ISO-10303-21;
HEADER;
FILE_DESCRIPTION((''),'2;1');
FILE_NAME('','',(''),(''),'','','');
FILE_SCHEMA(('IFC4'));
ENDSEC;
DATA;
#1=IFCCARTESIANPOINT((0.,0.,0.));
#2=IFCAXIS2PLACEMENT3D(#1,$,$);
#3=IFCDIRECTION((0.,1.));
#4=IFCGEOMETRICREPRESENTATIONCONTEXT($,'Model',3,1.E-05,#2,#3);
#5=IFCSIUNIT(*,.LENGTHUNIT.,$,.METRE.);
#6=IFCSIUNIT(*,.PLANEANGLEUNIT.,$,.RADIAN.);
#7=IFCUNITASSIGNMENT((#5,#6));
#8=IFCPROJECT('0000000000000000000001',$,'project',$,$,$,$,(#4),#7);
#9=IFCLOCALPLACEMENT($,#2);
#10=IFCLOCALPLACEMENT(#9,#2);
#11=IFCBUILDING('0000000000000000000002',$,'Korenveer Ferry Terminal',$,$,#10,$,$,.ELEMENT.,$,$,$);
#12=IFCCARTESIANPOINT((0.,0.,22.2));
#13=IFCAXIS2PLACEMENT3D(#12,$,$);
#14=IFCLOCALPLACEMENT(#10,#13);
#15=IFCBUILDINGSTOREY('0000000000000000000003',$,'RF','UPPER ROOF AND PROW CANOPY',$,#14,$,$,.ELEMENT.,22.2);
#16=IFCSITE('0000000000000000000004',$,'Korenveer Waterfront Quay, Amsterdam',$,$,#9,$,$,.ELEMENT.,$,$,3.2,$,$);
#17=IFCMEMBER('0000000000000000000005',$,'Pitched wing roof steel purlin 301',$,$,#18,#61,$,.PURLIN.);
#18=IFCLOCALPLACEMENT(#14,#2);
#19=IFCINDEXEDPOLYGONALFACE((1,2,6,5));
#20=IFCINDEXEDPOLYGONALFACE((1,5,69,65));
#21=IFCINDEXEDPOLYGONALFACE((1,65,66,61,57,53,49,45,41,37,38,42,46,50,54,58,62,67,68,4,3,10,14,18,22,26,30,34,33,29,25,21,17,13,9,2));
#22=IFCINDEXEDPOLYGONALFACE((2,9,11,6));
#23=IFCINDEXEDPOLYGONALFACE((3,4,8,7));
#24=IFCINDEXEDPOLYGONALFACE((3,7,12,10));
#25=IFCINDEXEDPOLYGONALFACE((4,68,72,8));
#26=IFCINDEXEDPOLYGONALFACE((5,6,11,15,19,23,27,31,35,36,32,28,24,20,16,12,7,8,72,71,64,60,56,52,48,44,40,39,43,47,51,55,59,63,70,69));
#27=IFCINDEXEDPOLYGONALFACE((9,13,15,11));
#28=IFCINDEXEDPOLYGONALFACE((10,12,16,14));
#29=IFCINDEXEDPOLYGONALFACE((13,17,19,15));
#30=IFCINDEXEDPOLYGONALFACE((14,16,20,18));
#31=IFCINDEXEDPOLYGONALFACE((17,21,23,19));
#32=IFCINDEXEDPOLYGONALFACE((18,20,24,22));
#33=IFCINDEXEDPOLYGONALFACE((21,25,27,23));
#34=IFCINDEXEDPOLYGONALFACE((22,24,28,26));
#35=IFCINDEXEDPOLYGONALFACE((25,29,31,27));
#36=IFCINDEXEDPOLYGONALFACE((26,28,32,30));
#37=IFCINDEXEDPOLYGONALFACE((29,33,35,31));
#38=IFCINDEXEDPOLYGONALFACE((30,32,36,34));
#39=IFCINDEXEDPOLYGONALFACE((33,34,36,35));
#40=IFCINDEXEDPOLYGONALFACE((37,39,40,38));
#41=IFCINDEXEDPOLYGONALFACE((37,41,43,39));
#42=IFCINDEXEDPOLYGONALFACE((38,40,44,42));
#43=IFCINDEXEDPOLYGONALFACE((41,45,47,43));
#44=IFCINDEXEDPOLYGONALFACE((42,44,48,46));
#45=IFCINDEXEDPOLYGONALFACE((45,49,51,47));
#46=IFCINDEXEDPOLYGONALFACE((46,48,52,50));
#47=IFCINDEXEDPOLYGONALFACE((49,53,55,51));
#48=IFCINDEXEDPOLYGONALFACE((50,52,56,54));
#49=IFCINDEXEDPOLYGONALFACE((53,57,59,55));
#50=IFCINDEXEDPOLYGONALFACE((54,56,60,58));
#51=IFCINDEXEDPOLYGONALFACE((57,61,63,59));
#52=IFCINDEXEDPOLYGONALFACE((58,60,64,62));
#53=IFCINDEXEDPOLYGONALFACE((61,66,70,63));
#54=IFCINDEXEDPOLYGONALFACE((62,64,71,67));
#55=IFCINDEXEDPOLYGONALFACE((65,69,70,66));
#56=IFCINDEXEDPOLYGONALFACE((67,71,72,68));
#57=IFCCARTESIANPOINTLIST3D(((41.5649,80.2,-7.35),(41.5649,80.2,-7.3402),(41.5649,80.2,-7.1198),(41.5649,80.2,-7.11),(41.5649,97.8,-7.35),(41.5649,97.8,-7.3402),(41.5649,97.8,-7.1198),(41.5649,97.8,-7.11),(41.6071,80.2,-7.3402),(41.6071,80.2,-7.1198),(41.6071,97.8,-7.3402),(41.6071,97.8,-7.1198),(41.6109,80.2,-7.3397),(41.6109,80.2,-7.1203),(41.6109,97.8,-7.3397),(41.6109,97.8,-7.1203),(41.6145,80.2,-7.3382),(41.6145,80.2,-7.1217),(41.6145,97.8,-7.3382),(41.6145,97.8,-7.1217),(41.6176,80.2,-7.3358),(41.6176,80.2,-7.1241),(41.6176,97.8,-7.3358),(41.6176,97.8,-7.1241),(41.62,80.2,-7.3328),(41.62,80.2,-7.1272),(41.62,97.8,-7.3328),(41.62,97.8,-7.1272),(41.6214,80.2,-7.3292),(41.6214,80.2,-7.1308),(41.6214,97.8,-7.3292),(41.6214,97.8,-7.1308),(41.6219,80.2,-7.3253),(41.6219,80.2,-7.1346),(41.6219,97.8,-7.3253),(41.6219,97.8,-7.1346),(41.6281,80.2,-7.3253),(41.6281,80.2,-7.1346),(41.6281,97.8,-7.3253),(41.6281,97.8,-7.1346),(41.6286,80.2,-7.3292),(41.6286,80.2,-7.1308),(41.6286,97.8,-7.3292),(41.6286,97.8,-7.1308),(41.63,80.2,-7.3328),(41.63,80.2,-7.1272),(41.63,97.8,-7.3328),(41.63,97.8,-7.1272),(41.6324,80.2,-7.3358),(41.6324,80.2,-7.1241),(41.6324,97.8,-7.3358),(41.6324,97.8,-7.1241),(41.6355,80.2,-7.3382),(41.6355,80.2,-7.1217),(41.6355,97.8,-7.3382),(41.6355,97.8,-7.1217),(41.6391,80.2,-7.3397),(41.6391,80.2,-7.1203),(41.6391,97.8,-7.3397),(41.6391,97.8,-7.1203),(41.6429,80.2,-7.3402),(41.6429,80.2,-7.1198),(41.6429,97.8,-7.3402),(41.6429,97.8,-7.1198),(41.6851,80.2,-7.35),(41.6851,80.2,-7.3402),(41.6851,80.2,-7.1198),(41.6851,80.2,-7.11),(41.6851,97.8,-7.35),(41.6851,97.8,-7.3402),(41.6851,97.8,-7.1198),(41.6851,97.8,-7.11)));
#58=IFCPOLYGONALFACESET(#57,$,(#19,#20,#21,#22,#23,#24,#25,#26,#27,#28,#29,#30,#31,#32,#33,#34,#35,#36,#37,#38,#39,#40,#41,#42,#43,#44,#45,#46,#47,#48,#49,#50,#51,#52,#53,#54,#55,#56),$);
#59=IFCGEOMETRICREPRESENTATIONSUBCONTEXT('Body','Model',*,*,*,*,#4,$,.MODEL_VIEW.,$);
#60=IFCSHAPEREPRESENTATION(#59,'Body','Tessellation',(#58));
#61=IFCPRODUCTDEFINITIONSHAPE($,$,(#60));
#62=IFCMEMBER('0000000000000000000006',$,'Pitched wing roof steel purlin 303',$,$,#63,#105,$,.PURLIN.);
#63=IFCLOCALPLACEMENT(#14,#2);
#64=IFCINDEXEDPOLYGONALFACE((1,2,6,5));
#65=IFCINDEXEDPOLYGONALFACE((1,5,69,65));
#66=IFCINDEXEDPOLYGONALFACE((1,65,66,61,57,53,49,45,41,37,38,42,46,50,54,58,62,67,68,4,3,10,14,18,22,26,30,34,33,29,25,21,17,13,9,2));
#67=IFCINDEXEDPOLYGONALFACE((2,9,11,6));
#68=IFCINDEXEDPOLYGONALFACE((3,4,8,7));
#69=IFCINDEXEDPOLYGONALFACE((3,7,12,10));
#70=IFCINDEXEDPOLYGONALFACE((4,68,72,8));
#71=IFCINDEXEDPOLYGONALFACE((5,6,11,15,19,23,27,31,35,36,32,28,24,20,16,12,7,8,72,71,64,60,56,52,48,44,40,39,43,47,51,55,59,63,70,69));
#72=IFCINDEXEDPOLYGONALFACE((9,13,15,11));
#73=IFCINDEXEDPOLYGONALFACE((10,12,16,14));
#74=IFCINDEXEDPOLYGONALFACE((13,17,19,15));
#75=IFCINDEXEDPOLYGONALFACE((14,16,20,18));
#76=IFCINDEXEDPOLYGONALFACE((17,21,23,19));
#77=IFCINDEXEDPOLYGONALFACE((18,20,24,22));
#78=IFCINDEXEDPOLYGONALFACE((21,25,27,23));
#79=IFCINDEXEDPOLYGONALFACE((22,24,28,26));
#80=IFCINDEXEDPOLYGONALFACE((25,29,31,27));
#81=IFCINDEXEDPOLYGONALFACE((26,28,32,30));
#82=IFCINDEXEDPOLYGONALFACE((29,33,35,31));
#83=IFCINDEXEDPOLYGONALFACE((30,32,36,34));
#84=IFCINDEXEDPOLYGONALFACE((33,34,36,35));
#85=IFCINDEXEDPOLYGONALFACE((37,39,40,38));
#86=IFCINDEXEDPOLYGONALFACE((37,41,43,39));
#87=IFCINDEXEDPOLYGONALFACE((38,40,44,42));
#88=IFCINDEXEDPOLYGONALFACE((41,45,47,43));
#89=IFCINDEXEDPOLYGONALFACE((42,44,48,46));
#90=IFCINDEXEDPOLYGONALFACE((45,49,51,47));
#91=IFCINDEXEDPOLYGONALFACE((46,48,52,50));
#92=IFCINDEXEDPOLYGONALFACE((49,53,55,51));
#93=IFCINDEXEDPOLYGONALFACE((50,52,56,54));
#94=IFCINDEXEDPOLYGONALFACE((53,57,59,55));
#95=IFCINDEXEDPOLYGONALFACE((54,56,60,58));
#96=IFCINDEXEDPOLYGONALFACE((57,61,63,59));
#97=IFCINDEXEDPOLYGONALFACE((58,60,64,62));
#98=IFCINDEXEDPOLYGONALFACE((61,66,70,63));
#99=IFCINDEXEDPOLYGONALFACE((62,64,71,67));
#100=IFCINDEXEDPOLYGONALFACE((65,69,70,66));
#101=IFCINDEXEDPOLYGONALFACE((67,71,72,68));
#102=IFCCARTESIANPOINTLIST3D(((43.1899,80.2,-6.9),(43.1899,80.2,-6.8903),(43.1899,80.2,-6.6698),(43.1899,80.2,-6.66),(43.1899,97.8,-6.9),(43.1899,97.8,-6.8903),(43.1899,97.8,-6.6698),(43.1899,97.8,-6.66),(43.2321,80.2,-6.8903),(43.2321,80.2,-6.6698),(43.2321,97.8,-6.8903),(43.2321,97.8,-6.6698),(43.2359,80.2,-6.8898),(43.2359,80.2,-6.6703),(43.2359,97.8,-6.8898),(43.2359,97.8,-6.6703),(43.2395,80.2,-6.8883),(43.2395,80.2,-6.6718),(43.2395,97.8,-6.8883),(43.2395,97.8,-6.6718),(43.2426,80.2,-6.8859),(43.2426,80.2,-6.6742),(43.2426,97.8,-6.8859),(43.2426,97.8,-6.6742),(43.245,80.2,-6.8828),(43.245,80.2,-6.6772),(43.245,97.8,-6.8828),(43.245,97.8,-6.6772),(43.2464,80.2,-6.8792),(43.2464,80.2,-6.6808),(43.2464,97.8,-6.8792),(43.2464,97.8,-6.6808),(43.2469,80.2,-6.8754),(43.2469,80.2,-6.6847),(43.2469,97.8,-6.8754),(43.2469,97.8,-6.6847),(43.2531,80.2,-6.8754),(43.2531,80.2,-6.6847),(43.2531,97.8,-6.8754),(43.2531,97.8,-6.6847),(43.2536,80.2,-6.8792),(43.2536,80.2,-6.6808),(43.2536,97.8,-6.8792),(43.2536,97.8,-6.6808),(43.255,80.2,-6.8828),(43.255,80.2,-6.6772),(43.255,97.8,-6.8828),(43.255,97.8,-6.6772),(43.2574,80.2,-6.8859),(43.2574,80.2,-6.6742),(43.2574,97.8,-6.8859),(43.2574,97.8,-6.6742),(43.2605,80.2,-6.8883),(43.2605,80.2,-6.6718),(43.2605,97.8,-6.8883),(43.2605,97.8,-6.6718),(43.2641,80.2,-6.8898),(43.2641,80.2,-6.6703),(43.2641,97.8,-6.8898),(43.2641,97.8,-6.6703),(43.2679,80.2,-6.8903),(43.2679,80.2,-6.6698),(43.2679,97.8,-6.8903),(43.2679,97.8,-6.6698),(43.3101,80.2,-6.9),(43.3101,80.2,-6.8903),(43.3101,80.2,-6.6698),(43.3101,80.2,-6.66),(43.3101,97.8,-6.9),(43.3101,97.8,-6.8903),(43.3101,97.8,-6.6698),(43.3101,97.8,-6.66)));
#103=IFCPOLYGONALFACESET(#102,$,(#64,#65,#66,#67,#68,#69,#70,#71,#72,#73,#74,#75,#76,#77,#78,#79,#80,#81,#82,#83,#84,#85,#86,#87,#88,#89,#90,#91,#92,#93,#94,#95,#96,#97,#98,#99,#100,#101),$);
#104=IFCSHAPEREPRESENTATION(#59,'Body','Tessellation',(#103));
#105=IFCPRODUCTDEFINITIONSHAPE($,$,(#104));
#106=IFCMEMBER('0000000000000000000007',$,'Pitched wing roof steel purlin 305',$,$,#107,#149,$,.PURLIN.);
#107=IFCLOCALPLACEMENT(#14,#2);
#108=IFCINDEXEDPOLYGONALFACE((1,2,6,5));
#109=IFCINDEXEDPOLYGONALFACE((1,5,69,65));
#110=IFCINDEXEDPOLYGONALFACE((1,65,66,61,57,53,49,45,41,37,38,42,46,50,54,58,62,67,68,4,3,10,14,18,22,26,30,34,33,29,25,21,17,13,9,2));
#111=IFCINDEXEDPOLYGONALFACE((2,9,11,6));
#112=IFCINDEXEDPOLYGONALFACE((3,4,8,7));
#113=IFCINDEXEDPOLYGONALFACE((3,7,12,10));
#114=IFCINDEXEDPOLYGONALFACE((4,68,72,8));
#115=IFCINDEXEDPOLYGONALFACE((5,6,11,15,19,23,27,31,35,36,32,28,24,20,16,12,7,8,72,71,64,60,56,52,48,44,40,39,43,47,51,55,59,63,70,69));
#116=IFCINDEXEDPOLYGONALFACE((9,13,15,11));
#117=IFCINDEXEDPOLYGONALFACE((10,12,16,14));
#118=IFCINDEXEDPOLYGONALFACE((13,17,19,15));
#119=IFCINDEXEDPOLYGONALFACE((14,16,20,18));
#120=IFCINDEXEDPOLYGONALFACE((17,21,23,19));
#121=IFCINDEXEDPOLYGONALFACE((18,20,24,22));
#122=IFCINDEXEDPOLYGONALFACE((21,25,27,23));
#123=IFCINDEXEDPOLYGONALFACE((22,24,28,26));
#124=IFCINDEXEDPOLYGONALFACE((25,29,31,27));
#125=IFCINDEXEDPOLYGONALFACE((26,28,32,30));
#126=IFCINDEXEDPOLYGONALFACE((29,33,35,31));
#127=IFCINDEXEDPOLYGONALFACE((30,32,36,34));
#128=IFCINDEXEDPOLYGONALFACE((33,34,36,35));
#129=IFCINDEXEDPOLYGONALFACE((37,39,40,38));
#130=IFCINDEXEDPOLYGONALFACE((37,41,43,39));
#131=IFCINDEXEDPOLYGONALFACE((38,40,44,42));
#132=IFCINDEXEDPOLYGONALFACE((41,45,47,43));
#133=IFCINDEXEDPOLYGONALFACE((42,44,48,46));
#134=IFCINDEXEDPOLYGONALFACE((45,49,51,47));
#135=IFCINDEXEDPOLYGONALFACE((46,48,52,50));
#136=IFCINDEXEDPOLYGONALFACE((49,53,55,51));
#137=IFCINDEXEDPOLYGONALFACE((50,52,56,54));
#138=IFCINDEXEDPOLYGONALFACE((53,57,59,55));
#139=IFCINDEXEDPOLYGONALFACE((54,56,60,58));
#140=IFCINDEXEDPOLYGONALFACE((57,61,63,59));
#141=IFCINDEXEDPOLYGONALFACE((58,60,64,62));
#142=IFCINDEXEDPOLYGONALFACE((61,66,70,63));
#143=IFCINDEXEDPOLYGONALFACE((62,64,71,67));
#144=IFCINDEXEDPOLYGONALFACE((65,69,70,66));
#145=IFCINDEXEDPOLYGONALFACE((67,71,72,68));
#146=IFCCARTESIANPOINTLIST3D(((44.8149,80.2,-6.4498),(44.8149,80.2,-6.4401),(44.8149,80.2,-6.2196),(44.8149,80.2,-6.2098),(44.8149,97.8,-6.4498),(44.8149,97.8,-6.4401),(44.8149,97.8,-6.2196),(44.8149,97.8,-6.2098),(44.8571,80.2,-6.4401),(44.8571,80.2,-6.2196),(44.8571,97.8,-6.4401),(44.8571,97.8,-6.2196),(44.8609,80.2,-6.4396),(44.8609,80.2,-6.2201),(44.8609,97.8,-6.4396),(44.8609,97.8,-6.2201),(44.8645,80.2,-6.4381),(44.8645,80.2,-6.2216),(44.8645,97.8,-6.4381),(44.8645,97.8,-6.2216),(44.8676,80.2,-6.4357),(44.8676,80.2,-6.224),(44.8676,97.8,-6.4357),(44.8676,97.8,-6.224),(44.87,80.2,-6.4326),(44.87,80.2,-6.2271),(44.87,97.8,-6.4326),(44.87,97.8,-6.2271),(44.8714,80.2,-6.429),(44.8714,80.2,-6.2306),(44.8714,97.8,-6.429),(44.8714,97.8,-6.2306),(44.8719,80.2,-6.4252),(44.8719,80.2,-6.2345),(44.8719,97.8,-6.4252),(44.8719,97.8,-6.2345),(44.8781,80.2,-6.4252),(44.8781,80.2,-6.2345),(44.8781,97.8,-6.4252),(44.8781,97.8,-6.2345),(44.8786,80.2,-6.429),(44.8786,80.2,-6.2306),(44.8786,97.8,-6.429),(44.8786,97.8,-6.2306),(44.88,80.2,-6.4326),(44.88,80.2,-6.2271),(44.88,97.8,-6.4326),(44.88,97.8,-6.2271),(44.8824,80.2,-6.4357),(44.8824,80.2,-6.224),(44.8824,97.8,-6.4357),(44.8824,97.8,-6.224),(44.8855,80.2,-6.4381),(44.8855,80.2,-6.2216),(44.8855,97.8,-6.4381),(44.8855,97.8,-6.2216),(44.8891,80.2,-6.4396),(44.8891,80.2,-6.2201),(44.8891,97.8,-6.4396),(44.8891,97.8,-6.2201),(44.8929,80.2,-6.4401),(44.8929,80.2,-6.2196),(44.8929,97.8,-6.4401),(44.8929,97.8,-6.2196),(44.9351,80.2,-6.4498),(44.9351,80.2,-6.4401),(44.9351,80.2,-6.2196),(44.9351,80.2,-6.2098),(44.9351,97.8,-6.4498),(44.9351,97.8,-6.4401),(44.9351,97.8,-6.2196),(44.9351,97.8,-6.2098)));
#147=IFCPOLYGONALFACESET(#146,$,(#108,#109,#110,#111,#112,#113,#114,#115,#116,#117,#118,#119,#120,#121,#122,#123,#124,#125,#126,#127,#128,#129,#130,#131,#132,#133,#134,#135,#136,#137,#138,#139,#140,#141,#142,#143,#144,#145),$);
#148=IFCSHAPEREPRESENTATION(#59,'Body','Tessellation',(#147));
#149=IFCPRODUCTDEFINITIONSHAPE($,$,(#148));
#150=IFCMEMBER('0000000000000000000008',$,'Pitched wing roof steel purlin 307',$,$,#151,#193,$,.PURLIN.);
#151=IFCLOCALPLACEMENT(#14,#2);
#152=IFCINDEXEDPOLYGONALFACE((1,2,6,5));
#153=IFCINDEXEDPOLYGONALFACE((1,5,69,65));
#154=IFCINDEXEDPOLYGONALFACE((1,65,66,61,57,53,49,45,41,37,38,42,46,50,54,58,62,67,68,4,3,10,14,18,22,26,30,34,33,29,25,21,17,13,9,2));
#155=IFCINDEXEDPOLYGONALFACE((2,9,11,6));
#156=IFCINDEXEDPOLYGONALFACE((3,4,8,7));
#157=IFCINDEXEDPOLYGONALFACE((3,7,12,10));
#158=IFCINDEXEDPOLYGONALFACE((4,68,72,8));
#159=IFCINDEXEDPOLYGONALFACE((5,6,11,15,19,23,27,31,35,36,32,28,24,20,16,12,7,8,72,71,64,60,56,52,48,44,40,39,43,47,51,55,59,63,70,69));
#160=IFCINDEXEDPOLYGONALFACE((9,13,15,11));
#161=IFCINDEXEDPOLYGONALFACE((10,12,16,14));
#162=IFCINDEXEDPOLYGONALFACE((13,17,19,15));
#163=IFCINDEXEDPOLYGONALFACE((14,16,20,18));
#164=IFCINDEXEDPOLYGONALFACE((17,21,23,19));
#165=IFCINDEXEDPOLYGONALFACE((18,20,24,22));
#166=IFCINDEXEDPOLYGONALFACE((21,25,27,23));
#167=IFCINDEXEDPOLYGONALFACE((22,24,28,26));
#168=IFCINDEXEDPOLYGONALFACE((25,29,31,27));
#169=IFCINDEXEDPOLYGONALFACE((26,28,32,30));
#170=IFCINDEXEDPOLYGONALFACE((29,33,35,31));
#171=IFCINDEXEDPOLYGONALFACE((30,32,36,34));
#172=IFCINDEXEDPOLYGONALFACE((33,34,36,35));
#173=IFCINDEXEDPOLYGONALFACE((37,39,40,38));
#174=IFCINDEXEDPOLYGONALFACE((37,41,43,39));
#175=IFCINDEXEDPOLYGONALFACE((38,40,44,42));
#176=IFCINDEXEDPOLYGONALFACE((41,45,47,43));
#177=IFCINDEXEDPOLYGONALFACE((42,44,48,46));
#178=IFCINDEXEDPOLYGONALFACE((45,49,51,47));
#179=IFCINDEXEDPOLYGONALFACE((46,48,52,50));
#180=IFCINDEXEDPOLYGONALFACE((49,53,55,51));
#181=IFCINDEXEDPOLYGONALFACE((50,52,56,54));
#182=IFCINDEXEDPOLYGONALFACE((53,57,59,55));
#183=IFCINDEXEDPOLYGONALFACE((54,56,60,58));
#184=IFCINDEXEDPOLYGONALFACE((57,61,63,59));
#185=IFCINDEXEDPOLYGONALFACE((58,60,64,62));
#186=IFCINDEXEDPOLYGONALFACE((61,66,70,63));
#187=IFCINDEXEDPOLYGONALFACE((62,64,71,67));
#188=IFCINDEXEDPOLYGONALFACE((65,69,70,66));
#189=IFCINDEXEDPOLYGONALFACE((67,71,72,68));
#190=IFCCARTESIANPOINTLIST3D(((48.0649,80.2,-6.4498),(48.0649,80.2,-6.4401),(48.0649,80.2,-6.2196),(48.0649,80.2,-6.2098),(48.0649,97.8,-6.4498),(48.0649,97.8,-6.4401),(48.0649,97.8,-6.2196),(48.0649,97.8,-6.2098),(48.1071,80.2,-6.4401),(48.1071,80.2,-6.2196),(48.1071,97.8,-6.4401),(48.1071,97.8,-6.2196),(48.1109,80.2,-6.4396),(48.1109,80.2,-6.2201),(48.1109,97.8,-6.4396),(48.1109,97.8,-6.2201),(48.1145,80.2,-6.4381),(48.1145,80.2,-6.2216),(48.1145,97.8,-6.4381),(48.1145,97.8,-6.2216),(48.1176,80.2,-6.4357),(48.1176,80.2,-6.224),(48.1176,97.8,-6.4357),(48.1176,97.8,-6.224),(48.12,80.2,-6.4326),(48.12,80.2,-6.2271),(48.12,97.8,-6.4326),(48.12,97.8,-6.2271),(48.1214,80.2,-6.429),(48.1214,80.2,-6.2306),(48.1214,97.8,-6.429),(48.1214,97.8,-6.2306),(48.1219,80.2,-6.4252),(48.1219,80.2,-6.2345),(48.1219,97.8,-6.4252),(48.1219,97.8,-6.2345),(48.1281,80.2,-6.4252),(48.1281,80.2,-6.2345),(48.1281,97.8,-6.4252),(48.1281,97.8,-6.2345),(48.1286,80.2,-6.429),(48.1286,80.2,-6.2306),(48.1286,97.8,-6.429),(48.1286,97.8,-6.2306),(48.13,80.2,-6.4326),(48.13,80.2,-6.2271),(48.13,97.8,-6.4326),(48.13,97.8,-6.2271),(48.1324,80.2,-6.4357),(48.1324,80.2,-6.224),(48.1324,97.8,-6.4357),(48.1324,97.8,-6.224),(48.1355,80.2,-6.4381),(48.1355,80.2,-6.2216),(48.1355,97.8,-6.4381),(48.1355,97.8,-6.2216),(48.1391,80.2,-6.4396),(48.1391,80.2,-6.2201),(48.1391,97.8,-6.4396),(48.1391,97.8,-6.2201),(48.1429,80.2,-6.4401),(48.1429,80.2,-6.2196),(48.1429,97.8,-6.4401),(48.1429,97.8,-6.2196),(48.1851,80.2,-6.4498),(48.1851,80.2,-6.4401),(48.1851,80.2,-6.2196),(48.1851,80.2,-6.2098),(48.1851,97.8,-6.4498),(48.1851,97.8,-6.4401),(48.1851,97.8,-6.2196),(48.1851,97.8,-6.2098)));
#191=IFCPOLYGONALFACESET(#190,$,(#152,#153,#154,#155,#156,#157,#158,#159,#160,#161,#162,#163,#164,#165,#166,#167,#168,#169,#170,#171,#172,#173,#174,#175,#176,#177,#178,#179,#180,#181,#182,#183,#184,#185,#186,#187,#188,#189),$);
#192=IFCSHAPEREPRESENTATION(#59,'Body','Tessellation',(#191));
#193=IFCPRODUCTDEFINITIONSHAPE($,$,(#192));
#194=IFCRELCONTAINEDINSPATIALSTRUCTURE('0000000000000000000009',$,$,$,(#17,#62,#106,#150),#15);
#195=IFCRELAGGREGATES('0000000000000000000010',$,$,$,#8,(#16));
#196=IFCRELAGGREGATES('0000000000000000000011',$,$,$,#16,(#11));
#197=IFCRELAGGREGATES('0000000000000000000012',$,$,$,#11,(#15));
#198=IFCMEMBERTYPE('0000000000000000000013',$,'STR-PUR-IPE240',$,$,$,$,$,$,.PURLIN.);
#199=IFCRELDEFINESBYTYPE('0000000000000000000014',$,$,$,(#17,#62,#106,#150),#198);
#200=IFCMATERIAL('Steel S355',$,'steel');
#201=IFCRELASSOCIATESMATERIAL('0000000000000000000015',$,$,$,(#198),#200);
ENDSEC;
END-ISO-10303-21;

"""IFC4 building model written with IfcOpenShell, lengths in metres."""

from ifc_helpers import new_model, si_unit, direction, frame, origin, origin_2d, place, context, subcontext, project, spatial, i_section, extrude, material, material_profile, profile_set, type_object, element, save


model = new_model("IFC4")

# Units and contexts
model_context = context("Model", 3, precision=1e-05, world=origin(), true_north=direction((0.0, 1.0)))
body_context = subcontext(model_context, "Body", "Model", "MODEL_VIEW")
ifc_project = project(units=[si_unit("LENGTHUNIT", "METRE"), si_unit("PLANEANGLEUNIT", "RADIAN")], contexts=[model_context])

# Site, building, storey
site_placement = place(None, origin())
site = spatial("IfcSite", under=ifc_project, at=site_placement, Name="Korenveer Waterfront Quay, Amsterdam", CompositionType="ELEMENT", RefElevation=3.2)
building_placement = place(site_placement, origin())
building = spatial("IfcBuilding", under=site, at=building_placement, Name="Korenveer Ferry Terminal", CompositionType="ELEMENT")
storey_placement = place(building_placement, frame((0.0, 0.0, 22.2)))
storey = spatial("IfcBuildingStorey", under=building, at=storey_placement, Name="RF", Description="UPPER ROOF AND PROW CANOPY", CompositionType="ELEMENT", Elevation=22.2)

# Shared definitions
ifc_material_1 = material(Name="Steel S355", Category="steel")

# Members
ifc_material_profile_1 = material_profile(ifc_material_1, i_section(OverallWidth=0.1201, OverallDepth=0.24, WebThickness=0.0061, FlangeThickness=0.0098, FilletRadius=0.0149, at=origin_2d()), Name="IPE 240")
ifc_profile_set_1 = profile_set([ifc_material_profile_1], Name="Steel S355")
member_type_1 = type_object("IfcMemberType", Name="STR-PUR-IPE240", PredefinedType="PURLIN", material=ifc_profile_set_1)
for number, where, z_axis, x_axis, name in (
    (1, (41.625, 80.2, -7.23), (0.0, 1.0, 0.0), (-1.0, 0.0, 0.0), "Pitched wing roof steel purlin 301"),
    (2, (43.25, 80.2, -6.78), (0.0, 1.0, 0.0), (-1.0, 0.0, 0.0), "Pitched wing roof steel purlin 303"),
    (3, (44.875, 80.2, -6.3298), (0.0, 1.0, 0.0), (-1.0, 0.0, 0.0), "Pitched wing roof steel purlin 305"),
    (4, (48.125, 80.2, -6.3298), (0.0, 1.0, 0.0), (-1.0, 0.0, 0.0), "Pitched wing roof steel purlin 307"),
):
    element("IfcMember", number, at=place(storey_placement, frame(where, z_axis=z_axis, x_axis=x_axis)), inside=storey, type_object=member_type_1, Name=name, PredefinedType="PURLIN", context=body_context, shape_type="SweptSolid", body=[
        extrude(i_section(OverallWidth=0.1201, OverallDepth=0.24, WebThickness=0.0061, FlangeThickness=0.0098, FilletRadius=0.0149, at=origin_2d()), origin(), (0.0, 0.0, 1.0), 17.6001),
    ])

save(model, "model.ifc")
